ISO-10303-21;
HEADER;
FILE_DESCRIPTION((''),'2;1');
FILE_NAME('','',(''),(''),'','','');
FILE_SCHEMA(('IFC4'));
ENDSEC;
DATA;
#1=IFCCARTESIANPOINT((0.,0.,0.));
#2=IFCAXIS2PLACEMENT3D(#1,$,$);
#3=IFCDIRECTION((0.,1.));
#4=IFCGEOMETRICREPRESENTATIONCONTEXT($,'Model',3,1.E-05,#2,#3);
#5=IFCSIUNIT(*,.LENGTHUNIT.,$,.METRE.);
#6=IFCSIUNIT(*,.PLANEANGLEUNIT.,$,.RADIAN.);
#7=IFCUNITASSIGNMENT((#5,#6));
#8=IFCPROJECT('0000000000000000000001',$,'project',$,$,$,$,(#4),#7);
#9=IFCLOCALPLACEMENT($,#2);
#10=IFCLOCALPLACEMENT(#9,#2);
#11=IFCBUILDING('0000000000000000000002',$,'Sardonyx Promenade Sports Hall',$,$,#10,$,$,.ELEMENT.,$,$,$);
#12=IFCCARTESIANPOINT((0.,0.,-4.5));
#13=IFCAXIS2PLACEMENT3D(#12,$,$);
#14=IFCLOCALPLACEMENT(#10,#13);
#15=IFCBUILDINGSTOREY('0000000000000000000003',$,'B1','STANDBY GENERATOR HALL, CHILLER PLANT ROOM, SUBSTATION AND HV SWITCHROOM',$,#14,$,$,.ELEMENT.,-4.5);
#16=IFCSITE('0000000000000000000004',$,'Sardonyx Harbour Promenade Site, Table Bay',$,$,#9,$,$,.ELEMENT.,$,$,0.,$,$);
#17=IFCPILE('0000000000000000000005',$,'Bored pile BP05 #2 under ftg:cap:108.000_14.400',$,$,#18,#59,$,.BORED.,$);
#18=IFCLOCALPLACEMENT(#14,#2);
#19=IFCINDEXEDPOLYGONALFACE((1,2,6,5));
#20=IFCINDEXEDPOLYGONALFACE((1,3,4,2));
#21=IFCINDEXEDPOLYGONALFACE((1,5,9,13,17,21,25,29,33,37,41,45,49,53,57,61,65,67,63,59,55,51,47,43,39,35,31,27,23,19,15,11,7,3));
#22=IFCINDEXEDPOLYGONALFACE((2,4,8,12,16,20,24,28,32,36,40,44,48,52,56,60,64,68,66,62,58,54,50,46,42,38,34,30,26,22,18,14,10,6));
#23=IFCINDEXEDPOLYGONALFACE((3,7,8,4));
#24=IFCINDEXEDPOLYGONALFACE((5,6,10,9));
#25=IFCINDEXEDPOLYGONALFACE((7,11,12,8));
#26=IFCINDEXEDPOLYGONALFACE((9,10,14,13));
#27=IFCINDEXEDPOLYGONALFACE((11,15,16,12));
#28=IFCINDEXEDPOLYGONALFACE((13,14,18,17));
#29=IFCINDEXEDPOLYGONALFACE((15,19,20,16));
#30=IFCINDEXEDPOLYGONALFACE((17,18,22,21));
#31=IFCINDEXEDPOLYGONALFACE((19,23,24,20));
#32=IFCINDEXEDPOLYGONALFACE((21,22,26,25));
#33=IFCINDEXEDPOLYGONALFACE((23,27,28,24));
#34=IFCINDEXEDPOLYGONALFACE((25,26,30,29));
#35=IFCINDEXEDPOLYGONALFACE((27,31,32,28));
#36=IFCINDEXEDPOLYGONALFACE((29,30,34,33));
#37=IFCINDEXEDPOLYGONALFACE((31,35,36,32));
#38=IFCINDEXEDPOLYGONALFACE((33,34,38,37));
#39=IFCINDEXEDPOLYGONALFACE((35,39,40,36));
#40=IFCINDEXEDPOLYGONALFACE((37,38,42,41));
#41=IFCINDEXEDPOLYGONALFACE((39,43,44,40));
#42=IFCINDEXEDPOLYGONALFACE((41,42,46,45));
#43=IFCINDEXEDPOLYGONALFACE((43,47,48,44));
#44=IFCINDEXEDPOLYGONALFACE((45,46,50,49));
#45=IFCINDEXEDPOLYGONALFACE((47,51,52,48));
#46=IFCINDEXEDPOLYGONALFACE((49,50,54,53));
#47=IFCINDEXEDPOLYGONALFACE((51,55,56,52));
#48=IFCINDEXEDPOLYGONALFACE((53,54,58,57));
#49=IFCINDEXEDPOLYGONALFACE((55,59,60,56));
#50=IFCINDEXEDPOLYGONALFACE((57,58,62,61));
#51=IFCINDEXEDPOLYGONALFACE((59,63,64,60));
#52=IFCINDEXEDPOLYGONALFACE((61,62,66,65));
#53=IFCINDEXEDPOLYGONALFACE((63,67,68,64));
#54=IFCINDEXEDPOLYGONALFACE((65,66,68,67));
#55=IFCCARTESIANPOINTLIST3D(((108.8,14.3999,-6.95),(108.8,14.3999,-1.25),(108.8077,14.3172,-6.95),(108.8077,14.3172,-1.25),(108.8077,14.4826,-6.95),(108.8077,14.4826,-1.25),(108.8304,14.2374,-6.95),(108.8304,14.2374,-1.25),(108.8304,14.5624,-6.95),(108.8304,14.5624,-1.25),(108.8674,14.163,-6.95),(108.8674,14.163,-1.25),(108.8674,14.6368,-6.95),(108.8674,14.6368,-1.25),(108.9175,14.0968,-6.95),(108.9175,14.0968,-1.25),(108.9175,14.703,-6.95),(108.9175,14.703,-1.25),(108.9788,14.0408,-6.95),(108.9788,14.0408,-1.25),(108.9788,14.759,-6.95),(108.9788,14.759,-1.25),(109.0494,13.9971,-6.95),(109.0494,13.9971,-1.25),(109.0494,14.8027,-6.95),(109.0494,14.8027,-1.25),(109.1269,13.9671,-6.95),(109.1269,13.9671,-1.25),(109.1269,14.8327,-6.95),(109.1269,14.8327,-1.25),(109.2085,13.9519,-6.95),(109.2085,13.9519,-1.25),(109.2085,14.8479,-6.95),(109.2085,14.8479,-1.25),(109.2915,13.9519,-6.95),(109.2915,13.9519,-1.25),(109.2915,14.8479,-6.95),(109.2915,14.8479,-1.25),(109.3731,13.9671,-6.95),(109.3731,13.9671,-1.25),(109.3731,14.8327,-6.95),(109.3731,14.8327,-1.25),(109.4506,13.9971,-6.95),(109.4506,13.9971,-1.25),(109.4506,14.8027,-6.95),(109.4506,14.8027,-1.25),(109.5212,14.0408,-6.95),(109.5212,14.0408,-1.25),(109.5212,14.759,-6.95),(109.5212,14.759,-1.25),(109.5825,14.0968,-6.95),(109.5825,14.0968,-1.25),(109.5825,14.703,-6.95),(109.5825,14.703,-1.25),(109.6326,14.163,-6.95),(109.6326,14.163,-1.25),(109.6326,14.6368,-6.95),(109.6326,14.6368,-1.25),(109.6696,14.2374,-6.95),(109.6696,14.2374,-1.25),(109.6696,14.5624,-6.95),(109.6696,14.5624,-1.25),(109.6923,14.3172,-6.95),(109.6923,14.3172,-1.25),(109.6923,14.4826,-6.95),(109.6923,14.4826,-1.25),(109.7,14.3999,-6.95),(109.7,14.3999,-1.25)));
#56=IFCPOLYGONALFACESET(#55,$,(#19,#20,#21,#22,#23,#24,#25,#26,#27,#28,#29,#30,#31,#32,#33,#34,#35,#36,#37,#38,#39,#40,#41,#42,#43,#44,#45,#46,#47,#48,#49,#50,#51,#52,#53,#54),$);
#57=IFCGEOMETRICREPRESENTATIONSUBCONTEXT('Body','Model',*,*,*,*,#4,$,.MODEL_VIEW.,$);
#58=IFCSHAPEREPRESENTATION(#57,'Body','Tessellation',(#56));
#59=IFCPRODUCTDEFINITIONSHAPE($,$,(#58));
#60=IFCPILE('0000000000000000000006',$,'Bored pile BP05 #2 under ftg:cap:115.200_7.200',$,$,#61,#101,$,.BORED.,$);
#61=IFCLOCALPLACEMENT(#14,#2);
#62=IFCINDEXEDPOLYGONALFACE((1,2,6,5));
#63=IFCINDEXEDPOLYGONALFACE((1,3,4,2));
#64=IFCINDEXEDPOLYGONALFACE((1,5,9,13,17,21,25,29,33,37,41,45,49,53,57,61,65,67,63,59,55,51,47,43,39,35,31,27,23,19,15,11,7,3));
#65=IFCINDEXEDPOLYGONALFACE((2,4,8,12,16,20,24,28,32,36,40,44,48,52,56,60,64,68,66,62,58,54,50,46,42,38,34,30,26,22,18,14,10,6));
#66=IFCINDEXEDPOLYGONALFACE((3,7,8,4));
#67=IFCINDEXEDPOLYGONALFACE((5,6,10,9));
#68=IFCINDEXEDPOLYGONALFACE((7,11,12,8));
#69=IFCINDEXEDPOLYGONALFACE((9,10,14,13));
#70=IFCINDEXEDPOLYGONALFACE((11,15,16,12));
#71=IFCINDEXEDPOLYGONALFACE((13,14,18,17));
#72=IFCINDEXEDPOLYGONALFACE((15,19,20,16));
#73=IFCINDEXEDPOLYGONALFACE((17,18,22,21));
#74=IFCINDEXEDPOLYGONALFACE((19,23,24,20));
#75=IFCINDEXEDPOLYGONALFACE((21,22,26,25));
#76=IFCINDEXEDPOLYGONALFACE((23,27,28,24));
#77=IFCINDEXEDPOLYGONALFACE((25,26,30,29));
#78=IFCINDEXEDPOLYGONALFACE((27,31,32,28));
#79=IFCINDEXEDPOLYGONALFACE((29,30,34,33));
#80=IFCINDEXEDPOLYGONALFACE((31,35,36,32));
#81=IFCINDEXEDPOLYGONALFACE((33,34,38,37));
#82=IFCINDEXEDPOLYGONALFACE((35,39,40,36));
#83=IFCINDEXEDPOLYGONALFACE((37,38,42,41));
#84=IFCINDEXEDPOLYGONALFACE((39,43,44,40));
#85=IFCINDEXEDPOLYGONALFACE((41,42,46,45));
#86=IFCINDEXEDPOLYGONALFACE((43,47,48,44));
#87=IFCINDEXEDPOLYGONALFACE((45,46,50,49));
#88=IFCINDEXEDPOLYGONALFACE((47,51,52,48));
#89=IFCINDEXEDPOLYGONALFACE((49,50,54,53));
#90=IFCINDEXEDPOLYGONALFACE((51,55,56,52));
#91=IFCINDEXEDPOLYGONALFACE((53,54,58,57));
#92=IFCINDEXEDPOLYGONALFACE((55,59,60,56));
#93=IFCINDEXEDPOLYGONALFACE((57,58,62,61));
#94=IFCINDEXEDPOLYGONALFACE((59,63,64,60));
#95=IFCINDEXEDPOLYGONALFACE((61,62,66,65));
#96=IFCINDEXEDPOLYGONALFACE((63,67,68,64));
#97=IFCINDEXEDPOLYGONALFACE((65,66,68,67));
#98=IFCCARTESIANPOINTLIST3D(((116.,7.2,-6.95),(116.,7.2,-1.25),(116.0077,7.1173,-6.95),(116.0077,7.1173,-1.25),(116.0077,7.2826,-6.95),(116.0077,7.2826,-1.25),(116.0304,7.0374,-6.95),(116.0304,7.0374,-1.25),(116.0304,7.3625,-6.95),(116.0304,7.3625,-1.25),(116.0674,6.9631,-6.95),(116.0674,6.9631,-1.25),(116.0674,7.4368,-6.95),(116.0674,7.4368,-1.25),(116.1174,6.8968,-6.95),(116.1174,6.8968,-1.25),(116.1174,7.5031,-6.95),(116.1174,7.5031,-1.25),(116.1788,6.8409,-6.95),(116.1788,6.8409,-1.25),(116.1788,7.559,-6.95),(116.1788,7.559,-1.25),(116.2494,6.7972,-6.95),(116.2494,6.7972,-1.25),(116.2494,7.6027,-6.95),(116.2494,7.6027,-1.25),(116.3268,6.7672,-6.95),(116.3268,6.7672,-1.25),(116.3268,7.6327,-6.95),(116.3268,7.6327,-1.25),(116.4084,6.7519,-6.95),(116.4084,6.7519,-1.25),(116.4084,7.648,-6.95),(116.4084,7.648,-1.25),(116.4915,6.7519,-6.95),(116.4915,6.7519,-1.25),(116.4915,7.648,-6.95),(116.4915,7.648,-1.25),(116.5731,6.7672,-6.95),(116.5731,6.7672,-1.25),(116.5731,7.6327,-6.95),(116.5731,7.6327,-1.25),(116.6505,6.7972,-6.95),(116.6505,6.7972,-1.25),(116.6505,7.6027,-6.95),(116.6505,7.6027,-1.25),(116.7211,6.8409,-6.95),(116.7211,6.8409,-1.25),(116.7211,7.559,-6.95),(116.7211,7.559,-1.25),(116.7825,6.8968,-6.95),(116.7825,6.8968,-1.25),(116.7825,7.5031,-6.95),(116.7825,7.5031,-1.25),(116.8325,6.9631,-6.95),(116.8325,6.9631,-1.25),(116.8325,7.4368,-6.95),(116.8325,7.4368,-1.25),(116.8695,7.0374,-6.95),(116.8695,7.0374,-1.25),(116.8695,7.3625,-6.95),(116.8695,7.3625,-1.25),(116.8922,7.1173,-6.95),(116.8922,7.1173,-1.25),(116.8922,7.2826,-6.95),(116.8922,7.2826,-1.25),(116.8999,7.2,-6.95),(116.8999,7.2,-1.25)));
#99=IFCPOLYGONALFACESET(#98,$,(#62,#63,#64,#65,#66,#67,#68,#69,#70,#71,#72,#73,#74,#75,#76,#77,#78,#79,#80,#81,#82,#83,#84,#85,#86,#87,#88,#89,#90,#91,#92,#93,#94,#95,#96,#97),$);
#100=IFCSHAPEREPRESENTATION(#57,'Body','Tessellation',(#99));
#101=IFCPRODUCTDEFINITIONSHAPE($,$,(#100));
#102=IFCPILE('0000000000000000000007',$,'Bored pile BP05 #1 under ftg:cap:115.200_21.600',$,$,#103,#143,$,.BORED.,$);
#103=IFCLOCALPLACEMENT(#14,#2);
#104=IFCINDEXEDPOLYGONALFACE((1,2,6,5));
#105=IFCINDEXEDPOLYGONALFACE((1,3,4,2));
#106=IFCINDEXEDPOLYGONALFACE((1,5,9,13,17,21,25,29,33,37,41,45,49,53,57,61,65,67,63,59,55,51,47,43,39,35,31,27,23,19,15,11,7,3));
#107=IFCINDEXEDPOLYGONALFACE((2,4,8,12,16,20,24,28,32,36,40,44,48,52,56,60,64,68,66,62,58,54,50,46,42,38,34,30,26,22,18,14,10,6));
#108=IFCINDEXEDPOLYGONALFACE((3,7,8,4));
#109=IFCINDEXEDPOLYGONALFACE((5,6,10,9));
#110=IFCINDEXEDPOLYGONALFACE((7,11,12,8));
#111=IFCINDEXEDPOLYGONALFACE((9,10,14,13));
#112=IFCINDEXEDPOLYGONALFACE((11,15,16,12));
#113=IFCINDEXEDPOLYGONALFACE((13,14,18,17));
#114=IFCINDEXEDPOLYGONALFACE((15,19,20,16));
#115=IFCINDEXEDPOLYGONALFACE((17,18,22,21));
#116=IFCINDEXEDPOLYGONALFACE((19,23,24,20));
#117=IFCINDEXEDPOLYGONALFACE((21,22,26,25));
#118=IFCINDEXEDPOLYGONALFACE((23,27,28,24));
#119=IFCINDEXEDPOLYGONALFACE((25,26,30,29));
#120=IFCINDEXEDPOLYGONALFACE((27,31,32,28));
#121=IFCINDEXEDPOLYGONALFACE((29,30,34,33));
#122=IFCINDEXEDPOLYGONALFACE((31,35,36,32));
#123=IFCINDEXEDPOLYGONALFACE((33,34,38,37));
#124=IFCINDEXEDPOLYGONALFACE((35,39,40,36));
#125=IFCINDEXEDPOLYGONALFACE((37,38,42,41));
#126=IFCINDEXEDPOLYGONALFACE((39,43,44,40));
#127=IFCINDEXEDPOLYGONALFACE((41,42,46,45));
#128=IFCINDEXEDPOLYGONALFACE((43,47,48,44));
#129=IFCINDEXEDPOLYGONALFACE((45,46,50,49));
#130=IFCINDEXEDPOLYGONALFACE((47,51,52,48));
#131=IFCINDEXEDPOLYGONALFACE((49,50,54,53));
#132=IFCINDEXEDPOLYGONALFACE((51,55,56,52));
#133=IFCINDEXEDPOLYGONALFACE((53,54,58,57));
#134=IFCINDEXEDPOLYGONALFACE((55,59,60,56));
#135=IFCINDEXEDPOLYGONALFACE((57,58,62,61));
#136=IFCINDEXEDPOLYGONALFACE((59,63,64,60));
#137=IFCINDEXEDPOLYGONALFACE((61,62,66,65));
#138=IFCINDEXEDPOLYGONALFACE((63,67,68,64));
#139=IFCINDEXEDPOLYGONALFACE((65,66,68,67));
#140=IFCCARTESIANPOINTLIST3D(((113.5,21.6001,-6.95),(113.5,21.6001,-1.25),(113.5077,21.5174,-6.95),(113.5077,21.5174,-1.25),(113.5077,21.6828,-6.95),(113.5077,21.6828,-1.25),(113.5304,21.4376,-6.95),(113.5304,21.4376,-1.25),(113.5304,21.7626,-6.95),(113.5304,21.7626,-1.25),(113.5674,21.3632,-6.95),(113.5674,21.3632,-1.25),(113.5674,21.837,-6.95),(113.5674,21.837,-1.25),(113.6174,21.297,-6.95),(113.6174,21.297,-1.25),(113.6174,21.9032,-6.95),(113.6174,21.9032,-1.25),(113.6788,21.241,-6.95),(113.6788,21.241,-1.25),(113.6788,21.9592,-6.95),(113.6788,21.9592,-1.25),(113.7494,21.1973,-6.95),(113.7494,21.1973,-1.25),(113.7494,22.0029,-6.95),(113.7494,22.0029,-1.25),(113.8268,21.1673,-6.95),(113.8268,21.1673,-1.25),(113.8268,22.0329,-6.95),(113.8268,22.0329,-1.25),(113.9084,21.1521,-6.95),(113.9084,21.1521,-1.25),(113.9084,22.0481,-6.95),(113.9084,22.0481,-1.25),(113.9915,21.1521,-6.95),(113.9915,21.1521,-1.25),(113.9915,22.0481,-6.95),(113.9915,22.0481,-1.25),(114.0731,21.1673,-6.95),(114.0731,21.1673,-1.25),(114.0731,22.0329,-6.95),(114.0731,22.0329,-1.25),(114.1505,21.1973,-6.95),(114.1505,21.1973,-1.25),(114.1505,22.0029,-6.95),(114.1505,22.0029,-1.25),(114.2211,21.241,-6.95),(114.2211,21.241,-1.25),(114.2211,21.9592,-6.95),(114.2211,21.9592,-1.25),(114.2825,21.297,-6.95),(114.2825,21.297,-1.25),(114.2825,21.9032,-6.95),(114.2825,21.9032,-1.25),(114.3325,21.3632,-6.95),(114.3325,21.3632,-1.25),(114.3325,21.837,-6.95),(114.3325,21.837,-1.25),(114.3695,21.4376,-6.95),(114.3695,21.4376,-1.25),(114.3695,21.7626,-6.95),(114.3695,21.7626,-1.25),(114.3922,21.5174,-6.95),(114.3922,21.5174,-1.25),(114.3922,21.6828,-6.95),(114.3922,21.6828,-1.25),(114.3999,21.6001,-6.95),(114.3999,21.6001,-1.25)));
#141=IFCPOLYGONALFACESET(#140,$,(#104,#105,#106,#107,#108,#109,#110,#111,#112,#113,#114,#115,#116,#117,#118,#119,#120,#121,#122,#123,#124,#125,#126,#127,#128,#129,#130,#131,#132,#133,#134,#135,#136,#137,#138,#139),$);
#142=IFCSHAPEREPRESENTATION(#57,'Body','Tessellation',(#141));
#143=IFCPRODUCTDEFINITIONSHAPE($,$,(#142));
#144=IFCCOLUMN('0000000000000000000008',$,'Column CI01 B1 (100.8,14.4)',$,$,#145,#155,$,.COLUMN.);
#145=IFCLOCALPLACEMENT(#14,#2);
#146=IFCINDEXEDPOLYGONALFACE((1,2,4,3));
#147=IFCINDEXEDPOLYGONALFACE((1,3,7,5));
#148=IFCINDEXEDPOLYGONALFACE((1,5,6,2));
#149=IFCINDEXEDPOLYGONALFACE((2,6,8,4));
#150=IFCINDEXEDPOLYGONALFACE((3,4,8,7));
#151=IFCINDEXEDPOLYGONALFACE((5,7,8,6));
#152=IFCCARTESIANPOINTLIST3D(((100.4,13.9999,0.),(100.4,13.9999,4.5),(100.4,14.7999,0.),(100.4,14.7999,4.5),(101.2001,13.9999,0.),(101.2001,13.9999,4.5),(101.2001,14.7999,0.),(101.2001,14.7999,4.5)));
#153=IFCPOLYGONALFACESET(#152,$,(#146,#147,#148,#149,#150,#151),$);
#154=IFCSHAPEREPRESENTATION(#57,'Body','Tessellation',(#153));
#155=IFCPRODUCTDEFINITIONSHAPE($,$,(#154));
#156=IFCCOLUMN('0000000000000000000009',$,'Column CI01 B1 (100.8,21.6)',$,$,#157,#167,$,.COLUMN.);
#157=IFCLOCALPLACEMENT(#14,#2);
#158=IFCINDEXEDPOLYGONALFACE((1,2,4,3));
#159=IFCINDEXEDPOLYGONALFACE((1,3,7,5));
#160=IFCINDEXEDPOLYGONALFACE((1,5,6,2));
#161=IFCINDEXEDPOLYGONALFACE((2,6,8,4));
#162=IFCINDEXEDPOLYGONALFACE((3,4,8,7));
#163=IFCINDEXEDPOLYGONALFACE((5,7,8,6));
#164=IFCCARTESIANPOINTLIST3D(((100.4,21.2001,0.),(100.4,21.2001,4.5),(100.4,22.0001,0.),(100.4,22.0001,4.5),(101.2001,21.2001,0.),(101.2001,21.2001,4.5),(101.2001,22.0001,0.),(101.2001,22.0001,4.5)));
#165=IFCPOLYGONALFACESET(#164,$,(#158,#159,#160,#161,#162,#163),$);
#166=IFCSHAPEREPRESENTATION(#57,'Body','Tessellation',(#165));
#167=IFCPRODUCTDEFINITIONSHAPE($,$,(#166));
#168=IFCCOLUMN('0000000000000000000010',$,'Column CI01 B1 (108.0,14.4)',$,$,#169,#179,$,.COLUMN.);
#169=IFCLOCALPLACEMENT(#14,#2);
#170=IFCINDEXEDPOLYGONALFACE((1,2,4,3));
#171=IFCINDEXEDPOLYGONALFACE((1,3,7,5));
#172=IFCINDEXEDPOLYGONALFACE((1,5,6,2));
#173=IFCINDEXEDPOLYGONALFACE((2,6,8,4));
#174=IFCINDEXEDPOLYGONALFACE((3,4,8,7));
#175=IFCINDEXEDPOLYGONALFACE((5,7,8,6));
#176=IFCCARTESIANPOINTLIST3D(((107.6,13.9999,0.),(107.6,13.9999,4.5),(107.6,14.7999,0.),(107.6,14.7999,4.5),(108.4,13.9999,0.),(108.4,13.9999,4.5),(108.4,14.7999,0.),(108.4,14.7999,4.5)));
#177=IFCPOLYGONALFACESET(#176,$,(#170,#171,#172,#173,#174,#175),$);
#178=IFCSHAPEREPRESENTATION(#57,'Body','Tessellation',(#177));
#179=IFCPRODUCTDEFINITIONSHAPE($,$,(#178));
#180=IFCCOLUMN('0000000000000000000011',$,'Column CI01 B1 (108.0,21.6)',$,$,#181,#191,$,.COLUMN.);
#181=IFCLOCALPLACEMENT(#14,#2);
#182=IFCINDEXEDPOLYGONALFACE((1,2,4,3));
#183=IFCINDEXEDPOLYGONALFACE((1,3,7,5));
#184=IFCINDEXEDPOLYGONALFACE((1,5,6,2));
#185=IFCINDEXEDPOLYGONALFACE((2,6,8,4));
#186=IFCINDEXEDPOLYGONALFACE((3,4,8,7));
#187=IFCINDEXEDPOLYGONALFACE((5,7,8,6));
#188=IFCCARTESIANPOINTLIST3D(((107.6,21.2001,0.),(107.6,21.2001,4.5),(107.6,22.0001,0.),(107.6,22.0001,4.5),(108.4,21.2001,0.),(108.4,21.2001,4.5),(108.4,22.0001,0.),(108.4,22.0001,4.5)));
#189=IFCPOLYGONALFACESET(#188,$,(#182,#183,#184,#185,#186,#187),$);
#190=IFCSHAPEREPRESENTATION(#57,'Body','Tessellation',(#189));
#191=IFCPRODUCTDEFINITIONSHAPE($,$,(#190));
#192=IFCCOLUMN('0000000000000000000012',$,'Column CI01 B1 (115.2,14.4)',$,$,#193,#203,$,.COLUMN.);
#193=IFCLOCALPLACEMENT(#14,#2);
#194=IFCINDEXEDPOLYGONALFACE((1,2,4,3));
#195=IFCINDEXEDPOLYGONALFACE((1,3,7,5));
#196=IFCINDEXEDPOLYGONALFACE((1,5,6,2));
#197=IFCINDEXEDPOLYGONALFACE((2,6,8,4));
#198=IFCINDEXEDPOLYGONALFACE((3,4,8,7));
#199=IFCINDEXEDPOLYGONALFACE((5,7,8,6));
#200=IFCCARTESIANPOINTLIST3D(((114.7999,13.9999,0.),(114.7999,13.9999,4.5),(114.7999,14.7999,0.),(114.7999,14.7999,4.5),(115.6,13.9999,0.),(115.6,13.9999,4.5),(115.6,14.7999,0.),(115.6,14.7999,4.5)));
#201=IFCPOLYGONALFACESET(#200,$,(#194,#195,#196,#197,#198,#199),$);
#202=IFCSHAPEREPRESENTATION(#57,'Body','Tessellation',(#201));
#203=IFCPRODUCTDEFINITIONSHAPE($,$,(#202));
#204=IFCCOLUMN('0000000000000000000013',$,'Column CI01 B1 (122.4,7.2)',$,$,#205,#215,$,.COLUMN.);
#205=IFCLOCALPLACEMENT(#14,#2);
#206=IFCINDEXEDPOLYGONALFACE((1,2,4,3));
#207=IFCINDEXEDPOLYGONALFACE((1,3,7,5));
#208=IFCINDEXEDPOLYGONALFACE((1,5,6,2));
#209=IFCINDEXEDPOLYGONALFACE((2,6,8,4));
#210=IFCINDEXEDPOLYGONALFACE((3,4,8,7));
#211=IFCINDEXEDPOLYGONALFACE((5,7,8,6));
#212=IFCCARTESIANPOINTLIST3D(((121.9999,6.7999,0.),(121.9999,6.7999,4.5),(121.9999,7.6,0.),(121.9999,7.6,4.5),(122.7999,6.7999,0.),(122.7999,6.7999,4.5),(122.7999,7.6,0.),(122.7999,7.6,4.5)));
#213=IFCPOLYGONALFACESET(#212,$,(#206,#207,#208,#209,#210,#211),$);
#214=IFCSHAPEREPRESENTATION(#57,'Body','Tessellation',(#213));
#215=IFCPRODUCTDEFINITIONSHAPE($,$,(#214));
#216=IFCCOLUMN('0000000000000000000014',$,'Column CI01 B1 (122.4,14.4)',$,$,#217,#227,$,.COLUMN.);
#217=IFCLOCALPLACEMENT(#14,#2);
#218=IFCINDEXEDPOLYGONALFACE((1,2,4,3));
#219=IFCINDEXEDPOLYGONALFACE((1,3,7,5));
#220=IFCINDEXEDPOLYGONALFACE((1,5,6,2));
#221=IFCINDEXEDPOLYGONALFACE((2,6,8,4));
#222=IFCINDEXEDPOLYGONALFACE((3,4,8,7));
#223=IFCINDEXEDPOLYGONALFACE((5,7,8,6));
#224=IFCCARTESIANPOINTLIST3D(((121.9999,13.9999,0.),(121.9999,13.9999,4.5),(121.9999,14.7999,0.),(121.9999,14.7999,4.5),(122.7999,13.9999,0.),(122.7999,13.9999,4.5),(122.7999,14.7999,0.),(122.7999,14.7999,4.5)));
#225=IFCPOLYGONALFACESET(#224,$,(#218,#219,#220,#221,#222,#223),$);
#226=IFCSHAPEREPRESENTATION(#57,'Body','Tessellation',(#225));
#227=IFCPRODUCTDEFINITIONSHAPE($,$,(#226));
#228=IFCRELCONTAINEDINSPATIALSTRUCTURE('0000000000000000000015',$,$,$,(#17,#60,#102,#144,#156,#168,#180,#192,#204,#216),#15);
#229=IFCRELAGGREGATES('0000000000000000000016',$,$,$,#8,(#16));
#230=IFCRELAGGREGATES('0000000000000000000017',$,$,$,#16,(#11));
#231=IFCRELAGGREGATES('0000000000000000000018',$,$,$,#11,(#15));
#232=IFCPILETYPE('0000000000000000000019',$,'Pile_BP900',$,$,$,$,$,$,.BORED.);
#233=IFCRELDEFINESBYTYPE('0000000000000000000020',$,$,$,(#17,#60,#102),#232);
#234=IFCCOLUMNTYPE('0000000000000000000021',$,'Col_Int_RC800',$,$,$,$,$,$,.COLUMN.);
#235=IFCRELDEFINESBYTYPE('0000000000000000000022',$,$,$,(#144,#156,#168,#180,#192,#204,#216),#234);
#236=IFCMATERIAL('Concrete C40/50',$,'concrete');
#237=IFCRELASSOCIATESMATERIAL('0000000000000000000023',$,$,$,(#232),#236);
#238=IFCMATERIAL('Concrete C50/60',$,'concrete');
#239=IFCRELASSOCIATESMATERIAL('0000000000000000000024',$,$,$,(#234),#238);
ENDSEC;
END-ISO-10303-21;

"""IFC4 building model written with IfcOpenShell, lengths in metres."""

from ifc_helpers import new_model, si_unit, direction, frame, origin, origin_2d, place, context, subcontext, project, spatial, rectangle, circle, extrude, material, material_profile, profile_set, type_object, element, save


model = new_model("IFC4")

# Units and contexts
model_context = context("Model", 3, precision=1e-05, world=origin(), true_north=direction((0.0, 1.0)))
body_context = subcontext(model_context, "Body", "Model", "MODEL_VIEW")
ifc_project = project(units=[si_unit("LENGTHUNIT", "METRE"), si_unit("PLANEANGLEUNIT", "RADIAN")], contexts=[model_context])

# Site, building, storey
site_placement = place(None, origin())
site = spatial("IfcSite", under=ifc_project, at=site_placement, Name="Sardonyx Harbour Promenade Site, Table Bay", CompositionType="ELEMENT", RefElevation=0.0)
building_placement = place(site_placement, origin())
building = spatial("IfcBuilding", under=site, at=building_placement, Name="Sardonyx Promenade Sports Hall", CompositionType="ELEMENT")
storey_placement = place(building_placement, frame((0.0, 0.0, -4.5)))
storey = spatial("IfcBuildingStorey", under=building, at=storey_placement, Name="B1", Description="STANDBY GENERATOR HALL, CHILLER PLANT ROOM, SUBSTATION AND HV SWITCHROOM", CompositionType="ELEMENT", Elevation=-4.5)

# Piles
ifc_material_1 = material(Name="Concrete C40/50", Category="concrete")
ifc_material_profile_1 = material_profile(ifc_material_1, circle(Radius=0.45, at=origin_2d()))
ifc_profile_set_1 = profile_set([ifc_material_profile_1], Name="Concrete C40/50")
pile_type_1 = type_object("IfcPileType", Name="Pile_BP900", PredefinedType="BORED", material=ifc_profile_set_1)
for number, where, z_axis, x_axis, name in (
    (1, (109.25, 14.3999, -1.25), (0.0, 0.0, -1.0), (1.0, 0.0, 0.0), "Bored pile BP05 #2 under ftg:cap:108.000_14.400"),
    (2, (116.45, 7.2, -1.25), (0.0, 0.0, -1.0), (1.0, 0.0, 0.0), "Bored pile BP05 #2 under ftg:cap:115.200_7.200"),
    (3, (113.95, 21.6001, -1.25), (0.0, 0.0, -1.0), (1.0, 0.0, 0.0), "Bored pile BP05 #1 under ftg:cap:115.200_21.600"),
):
    element("IfcPile", number, at=place(storey_placement, frame(where, z_axis=z_axis, x_axis=x_axis)), inside=storey, type_object=pile_type_1, Name=name, PredefinedType="BORED", context=body_context, shape_type="SweptSolid", body=[
        extrude(circle(Radius=0.45, at=origin_2d()), origin(), (0.0, 0.0, 1.0), 5.7),
    ])

# Columns
ifc_material_2 = material(Name="Concrete C50/60", Category="concrete")
ifc_material_profile_2 = material_profile(ifc_material_2, rectangle(XDim=0.8, YDim=0.8, at=origin_2d()))
ifc_profile_set_2 = profile_set([ifc_material_profile_2], Name="Concrete C50/60")
column_type = type_object("IfcColumnType", Name="Col_Int_RC800", PredefinedType="COLUMN", material=ifc_profile_set_2)
for number, where, z_axis, x_axis, name in (
    (4, (100.8, 14.3999, 0.0), (0.0, 0.0, 1.0), (1.0, 0.0, 0.0), "Column CI01 B1 (100.8,14.4)"),
    (5, (100.8, 21.6001, 0.0), (0.0, 0.0, 1.0), (1.0, 0.0, 0.0), "Column CI01 B1 (100.8,21.6)"),
    (6, (108.0, 14.3999, 0.0), (0.0, 0.0, 1.0), (1.0, 0.0, 0.0), "Column CI01 B1 (108.0,14.4)"),
    (7, (108.0, 21.6001, 0.0), (0.0, 0.0, 1.0), (1.0, 0.0, 0.0), "Column CI01 B1 (108.0,21.6)"),
    (8, (115.2, 14.3999, 0.0), (0.0, 0.0, 1.0), (1.0, 0.0, 0.0), "Column CI01 B1 (115.2,14.4)"),
    (9, (122.3999, 7.2, 0.0), (0.0, 0.0, 1.0), (1.0, 0.0, 0.0), "Column CI01 B1 (122.4,7.2)"),
    (10, (122.3999, 14.3999, 0.0), (0.0, 0.0, 1.0), (1.0, 0.0, 0.0), "Column CI01 B1 (122.4,14.4)"),
):
    element("IfcColumn", number, at=place(storey_placement, frame(where, z_axis=z_axis, x_axis=x_axis)), inside=storey, type_object=column_type, Name=name, PredefinedType="COLUMN", context=body_context, shape_type="SweptSolid", body=[
        extrude(rectangle(XDim=0.8, YDim=0.8, at=origin_2d()), origin(), (0.0, 0.0, 1.0), 4.5),
    ])

save(model, "model.ifc")
